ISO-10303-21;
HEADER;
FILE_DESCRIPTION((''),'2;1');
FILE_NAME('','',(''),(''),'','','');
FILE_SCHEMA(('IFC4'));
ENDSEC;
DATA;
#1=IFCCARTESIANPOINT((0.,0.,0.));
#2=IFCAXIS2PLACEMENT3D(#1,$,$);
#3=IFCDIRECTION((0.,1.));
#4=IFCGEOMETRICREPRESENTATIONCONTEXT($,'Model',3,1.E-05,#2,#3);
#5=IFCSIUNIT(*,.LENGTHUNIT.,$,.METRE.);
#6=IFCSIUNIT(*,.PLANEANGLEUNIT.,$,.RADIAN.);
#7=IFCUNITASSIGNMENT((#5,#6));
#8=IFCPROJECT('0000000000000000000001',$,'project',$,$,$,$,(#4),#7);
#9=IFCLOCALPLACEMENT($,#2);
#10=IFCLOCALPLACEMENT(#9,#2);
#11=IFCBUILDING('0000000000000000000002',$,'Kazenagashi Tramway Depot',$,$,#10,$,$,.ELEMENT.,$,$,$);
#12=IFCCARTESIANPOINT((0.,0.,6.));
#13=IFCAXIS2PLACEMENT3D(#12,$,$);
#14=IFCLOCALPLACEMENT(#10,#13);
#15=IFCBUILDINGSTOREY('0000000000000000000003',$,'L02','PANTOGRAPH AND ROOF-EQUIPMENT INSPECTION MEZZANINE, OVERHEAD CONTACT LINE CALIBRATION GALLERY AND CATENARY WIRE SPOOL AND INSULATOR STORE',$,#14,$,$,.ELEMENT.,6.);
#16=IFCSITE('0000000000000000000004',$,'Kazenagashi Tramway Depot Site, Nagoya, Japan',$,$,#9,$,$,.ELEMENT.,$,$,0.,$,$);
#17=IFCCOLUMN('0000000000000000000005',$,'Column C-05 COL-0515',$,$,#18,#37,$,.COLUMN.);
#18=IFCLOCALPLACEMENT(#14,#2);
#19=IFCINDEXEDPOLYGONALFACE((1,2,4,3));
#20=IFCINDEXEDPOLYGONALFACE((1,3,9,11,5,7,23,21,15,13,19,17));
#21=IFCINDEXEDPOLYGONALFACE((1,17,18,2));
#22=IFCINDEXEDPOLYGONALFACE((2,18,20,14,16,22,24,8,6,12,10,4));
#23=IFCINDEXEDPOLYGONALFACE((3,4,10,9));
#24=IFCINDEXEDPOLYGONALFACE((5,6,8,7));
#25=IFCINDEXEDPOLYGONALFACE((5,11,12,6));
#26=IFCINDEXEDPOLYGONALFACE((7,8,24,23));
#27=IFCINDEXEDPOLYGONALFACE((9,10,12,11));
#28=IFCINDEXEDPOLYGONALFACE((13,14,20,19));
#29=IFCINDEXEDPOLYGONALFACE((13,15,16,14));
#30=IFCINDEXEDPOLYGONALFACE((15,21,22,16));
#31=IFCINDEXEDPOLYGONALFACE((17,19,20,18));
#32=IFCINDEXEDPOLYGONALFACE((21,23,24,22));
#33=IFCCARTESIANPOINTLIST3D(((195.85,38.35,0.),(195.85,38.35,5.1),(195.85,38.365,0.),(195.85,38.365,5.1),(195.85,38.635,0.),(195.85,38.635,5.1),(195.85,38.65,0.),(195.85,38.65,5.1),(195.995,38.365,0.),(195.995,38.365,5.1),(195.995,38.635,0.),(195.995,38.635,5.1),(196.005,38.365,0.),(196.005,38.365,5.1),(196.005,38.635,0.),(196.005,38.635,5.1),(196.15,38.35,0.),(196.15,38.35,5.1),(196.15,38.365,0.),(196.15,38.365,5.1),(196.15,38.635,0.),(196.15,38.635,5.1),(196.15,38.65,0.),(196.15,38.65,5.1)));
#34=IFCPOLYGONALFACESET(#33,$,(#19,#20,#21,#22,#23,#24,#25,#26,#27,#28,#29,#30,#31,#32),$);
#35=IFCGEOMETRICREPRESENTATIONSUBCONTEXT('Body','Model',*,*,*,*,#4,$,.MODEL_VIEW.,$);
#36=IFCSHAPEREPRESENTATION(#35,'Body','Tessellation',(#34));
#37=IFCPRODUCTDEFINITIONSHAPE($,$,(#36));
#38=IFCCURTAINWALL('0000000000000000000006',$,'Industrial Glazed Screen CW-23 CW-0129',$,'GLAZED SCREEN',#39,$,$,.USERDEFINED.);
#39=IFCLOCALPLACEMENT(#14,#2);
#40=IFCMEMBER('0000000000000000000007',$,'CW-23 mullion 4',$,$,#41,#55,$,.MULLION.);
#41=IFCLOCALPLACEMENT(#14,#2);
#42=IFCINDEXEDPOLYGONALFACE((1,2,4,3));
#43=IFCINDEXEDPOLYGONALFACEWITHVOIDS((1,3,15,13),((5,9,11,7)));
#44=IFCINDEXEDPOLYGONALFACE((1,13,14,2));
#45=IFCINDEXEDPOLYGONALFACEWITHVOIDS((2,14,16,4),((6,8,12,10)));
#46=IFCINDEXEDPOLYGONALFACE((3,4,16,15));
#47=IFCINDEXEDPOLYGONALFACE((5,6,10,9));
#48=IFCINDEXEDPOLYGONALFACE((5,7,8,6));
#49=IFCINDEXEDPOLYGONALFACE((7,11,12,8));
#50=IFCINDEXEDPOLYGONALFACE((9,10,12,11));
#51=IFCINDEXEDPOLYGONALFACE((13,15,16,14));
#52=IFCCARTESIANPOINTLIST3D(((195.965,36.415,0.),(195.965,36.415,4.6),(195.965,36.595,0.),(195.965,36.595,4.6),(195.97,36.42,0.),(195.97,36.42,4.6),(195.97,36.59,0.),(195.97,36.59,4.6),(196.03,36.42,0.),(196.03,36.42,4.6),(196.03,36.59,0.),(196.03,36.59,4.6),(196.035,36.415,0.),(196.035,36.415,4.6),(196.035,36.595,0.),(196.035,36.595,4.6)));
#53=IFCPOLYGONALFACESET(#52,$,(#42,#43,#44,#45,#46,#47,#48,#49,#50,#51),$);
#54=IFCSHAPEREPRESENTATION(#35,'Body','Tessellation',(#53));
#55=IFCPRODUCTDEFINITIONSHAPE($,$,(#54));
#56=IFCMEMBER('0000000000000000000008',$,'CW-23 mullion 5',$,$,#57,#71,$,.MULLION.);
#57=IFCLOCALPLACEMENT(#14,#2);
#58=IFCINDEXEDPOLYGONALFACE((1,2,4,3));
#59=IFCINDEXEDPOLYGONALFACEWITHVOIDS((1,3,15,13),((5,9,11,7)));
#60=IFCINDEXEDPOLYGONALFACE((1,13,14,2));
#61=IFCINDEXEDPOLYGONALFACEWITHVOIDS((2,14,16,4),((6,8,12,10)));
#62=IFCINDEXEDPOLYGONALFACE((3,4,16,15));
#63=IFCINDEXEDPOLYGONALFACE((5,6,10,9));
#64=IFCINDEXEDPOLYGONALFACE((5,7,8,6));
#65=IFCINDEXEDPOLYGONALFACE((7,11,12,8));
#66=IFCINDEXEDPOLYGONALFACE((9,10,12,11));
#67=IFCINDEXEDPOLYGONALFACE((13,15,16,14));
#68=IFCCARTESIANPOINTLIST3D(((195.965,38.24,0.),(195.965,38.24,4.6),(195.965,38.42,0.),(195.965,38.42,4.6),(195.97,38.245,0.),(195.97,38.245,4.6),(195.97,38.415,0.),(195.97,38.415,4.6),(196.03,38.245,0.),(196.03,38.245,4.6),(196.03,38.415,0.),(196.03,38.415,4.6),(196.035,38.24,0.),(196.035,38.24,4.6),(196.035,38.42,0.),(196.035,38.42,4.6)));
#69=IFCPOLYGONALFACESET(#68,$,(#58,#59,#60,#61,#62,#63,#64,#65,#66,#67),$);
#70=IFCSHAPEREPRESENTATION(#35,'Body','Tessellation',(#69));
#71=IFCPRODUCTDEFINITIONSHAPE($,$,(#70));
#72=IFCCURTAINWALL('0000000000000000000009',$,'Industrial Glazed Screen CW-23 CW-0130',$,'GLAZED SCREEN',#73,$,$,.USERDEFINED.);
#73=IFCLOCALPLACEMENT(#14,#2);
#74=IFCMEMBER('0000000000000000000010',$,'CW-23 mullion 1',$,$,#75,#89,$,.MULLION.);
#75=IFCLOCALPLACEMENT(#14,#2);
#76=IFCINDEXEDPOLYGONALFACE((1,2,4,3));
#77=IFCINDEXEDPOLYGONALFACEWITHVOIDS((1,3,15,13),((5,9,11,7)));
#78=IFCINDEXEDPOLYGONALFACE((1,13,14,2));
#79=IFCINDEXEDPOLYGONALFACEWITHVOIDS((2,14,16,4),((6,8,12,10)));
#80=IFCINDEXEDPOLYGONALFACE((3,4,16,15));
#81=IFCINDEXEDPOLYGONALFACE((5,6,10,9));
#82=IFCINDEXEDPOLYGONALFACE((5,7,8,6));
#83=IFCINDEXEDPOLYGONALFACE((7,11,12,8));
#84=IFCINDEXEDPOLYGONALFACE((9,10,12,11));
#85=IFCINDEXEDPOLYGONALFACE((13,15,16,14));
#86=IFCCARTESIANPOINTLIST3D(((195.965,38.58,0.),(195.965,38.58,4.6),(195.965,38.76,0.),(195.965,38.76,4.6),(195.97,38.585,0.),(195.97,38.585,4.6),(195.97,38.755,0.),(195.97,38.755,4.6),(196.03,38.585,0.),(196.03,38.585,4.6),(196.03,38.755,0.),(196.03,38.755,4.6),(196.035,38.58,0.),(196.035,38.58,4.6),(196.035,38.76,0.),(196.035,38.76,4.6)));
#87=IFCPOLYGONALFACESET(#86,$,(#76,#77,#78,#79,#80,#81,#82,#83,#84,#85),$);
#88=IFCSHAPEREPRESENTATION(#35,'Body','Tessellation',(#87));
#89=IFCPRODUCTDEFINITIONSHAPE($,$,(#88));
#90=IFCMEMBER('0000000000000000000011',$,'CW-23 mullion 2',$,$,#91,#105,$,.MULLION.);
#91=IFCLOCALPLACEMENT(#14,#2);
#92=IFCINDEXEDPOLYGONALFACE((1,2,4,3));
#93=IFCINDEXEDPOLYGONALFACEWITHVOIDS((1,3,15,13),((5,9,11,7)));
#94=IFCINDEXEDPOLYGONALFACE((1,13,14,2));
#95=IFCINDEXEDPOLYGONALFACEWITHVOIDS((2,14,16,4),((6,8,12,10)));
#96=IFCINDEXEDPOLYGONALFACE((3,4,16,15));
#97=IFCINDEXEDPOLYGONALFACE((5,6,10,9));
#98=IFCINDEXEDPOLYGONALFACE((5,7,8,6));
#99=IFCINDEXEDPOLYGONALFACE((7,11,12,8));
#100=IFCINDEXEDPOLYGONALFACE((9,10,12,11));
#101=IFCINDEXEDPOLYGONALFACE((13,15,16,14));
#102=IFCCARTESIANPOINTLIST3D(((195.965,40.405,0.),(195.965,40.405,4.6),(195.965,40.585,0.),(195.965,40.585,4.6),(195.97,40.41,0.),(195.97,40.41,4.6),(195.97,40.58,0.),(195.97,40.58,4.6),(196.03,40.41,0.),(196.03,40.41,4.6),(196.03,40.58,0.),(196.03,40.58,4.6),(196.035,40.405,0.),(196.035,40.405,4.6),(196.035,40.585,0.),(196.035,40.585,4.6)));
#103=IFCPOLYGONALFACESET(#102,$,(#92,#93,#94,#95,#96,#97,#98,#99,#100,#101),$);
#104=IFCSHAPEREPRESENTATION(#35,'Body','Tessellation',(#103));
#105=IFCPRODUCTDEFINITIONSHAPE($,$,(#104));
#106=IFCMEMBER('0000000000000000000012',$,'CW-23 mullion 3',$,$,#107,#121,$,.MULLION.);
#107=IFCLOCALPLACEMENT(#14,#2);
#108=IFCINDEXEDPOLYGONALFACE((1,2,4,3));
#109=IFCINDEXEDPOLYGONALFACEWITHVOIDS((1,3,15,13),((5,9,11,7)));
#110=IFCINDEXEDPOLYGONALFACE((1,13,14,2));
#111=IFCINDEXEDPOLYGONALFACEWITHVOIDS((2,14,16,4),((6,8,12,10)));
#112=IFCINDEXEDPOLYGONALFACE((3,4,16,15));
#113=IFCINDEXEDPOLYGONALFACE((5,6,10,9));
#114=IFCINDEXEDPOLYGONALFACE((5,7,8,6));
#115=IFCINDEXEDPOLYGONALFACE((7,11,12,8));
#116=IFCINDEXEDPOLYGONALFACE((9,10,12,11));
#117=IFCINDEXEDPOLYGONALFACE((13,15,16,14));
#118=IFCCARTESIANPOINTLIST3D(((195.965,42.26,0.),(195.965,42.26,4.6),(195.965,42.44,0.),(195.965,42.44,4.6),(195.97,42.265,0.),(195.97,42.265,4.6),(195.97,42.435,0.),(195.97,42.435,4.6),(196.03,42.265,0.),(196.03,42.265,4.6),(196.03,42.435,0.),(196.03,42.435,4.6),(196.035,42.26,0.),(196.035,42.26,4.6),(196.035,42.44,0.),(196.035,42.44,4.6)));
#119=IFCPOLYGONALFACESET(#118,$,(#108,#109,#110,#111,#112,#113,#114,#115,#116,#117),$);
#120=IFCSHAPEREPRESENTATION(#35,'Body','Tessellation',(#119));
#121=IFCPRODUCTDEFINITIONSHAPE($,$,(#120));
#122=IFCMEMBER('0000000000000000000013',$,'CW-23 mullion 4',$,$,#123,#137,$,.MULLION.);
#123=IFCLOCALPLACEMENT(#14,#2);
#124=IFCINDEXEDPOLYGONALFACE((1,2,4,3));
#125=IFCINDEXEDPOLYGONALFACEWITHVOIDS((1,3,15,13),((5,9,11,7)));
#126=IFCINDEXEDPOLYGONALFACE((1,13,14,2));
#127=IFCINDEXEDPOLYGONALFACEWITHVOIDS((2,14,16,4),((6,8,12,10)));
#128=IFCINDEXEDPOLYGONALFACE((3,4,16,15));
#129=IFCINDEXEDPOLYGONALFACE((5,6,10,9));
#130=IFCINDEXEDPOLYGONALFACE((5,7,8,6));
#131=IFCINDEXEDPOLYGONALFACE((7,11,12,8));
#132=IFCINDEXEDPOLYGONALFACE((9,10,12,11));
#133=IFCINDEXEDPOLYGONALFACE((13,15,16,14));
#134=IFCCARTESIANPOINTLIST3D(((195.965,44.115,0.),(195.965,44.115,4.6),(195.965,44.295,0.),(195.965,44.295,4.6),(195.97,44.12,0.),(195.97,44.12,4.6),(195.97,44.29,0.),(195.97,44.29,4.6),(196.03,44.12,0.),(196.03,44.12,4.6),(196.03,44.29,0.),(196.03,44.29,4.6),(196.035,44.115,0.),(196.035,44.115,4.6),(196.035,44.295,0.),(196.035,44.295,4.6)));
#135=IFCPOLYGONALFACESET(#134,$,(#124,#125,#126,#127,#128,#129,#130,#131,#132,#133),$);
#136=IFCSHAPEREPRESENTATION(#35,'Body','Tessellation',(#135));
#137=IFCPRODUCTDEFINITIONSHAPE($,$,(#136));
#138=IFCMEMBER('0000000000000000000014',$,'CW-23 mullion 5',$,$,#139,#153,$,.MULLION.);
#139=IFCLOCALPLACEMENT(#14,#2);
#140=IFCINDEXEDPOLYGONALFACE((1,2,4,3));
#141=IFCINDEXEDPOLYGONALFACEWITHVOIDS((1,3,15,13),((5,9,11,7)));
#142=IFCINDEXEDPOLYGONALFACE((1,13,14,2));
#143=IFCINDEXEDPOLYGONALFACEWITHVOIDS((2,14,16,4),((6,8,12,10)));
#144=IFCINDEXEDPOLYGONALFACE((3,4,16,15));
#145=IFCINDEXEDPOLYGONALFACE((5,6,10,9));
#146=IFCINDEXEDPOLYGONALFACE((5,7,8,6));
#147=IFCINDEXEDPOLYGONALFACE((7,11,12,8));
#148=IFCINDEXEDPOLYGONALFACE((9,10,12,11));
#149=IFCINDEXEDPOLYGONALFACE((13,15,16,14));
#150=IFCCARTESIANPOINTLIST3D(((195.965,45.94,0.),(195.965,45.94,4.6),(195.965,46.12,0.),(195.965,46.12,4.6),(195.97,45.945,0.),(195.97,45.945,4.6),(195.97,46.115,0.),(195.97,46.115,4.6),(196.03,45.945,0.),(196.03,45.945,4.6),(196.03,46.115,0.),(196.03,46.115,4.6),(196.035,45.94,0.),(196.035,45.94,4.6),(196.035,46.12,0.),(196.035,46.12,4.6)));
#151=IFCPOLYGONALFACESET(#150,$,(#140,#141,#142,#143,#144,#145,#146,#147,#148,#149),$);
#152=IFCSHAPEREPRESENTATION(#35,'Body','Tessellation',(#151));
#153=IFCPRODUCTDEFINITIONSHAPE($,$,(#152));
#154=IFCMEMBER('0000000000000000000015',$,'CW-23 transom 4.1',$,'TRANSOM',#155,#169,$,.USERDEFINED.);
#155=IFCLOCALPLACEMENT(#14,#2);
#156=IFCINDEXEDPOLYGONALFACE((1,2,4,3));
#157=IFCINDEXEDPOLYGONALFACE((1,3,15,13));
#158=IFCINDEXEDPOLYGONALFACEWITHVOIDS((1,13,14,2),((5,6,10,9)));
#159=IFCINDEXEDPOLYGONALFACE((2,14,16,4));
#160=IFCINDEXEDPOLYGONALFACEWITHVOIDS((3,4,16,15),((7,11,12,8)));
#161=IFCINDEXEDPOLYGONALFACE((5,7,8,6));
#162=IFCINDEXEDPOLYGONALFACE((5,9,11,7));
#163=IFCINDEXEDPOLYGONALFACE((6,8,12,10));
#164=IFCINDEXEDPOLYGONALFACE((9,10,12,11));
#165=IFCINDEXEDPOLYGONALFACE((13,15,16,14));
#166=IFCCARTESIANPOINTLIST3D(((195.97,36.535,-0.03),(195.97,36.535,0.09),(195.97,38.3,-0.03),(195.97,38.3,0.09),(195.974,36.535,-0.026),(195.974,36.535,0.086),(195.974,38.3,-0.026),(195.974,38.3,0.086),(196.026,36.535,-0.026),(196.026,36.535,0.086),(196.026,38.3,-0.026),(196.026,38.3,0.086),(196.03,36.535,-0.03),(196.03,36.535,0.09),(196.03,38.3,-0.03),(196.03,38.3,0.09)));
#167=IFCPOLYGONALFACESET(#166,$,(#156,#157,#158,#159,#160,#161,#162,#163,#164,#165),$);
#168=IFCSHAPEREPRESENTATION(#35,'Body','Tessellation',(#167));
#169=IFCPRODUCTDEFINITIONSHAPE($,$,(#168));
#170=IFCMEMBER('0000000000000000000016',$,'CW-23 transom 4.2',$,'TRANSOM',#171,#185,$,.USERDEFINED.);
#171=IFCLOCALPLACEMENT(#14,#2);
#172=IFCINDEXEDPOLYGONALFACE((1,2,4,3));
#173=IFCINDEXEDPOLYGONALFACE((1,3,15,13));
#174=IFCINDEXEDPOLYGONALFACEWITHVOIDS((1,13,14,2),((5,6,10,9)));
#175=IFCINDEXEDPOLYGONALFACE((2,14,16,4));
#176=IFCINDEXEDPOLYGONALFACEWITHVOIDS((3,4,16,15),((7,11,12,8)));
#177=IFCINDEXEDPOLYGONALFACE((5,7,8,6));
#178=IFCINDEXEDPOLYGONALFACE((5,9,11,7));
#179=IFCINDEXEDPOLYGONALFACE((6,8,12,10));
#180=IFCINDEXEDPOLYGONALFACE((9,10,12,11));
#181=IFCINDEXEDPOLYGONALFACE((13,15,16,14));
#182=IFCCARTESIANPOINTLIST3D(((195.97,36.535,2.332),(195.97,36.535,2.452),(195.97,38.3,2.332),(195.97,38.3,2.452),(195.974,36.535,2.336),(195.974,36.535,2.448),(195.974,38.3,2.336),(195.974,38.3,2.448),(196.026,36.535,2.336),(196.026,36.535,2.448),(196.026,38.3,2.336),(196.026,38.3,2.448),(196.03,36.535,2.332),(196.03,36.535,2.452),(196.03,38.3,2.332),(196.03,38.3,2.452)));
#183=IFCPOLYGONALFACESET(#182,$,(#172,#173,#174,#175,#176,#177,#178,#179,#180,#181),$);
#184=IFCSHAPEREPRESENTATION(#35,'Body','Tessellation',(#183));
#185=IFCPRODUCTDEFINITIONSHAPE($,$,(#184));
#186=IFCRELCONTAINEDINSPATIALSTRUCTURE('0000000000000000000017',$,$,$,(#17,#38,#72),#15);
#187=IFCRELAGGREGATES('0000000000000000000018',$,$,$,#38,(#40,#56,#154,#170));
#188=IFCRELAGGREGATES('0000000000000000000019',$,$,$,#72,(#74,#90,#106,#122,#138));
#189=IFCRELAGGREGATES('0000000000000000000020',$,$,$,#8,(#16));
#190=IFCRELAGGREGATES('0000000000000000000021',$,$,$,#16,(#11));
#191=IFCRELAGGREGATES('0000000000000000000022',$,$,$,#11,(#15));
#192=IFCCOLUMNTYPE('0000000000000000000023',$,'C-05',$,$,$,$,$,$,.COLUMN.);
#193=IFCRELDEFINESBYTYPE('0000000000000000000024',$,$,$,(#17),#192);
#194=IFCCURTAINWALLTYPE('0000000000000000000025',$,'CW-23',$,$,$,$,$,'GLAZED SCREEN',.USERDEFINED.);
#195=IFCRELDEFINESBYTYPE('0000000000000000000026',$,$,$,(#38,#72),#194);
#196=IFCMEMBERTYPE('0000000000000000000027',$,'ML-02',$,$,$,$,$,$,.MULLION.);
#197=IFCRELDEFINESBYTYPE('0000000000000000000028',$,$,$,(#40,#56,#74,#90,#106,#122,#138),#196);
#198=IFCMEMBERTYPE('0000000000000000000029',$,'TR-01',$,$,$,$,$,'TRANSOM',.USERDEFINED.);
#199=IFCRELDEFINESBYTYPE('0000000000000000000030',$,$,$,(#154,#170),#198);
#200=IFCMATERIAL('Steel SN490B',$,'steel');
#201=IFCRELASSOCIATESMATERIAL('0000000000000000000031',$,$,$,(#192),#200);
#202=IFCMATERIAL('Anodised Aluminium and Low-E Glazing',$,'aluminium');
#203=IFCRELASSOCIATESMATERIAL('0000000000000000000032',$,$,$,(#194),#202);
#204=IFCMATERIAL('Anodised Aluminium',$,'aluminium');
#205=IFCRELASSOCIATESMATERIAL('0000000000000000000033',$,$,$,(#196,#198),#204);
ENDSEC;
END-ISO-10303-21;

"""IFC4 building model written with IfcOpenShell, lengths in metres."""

from ifc_helpers import new_model, si_unit, direction, frame, origin, origin_2d, place, context, subcontext, project, spatial, hollow_rectangle, i_section, extrude, material, material_profile, profile_set, type_object, element, aggregate, save


model = new_model("IFC4")

# Units and contexts
model_context = context("Model", 3, precision=1e-05, world=origin(), true_north=direction((0.0, 1.0)))
body_context = subcontext(model_context, "Body", "Model", "MODEL_VIEW")
ifc_project = project(units=[si_unit("LENGTHUNIT", "METRE"), si_unit("PLANEANGLEUNIT", "RADIAN")], contexts=[model_context])

# Site, building, storey
site_placement = place(None, origin())
site = spatial("IfcSite", under=ifc_project, at=site_placement, Name="Kazenagashi Tramway Depot Site, Nagoya, Japan", CompositionType="ELEMENT", RefElevation=0.0)
building_placement = place(site_placement, origin())
building = spatial("IfcBuilding", under=site, at=building_placement, Name="Kazenagashi Tramway Depot", CompositionType="ELEMENT")
storey_placement = place(building_placement, frame((0.0, 0.0, 6.0)))
storey = spatial("IfcBuildingStorey", under=building, at=storey_placement, Name="L02", Description="PANTOGRAPH AND ROOF-EQUIPMENT INSPECTION MEZZANINE, OVERHEAD CONTACT LINE CALIBRATION GALLERY AND CATENARY WIRE SPOOL AND INSULATOR STORE", CompositionType="ELEMENT", Elevation=6.0)

# Column
ifc_material_1 = material(Name="Steel SN490B", Category="steel")
ifc_material_profile_1 = material_profile(ifc_material_1, i_section(OverallWidth=0.3, OverallDepth=0.3, WebThickness=0.01, FlangeThickness=0.015, at=origin_2d()), Name="H-300x300x10x15")
ifc_profile_set_1 = profile_set([ifc_material_profile_1], Name="Steel SN490B")
column_type = type_object("IfcColumnType", Name="C-05", PredefinedType="COLUMN", material=ifc_profile_set_1)
column_placement = place(storey_placement, frame((196.0, 38.5, 0.0), z_axis=(0.0, 0.0, 1.0), x_axis=(1.0, 0.0, 0.0)))
element("IfcColumn", 1, at=column_placement, inside=storey, type_object=column_type, Name="Column C-05 COL-0515", PredefinedType="COLUMN", context=body_context, shape_type="SweptSolid", body=[
    extrude(i_section(OverallWidth=0.3, OverallDepth=0.3, WebThickness=0.01, FlangeThickness=0.015, at=origin_2d()), origin(), (0.0, 0.0, 1.0), 5.1),
])

# Curtain walls, members
ifc_material_2 = material(Name="Anodised Aluminium and Low-E Glazing", Category="aluminium")
curtain_wall_type = type_object("IfcCurtainWallType", Name="CW-23", ElementType="GLAZED SCREEN", PredefinedType="USERDEFINED", material=ifc_material_2)
curtain_wall_1_placement = place(storey_placement, origin())
curtain_wall_1 = element("IfcCurtainWall", 2, at=curtain_wall_1_placement, inside=storey, type_object=curtain_wall_type, Name="Industrial Glazed Screen CW-23 CW-0129", ObjectType="GLAZED SCREEN", PredefinedType="USERDEFINED")
ifc_material_3 = material(Name="Anodised Aluminium", Category="aluminium")
ifc_material_profile_2 = material_profile(ifc_material_3, hollow_rectangle(XDim=0.07, YDim=0.18, WallThickness=0.005, at=origin_2d()), Name="RHS-180x70x5")
ifc_profile_set_2 = profile_set([ifc_material_profile_2], Name="Anodised Aluminium")
member_type_1 = type_object("IfcMemberType", Name="ML-02", PredefinedType="MULLION", material=ifc_profile_set_2)
member_1_placement = place(storey_placement, frame((196.0, 36.505, 0.0), z_axis=(0.0, 0.0, 1.0), x_axis=(-1.0, 0.0, 0.0)))
member_1 = element("IfcMember", 3, at=member_1_placement, type_object=member_type_1, Name="CW-23 mullion 4", PredefinedType="MULLION", context=body_context, shape_type="SweptSolid", body=[
    extrude(hollow_rectangle(XDim=0.07, YDim=0.18, WallThickness=0.005, at=origin_2d()), origin(), (0.0, 0.0, 1.0), 4.6),
])
member_2_placement = place(storey_placement, frame((196.0, 38.33, 0.0), z_axis=(0.0, 0.0, 1.0), x_axis=(-1.0, 0.0, 0.0)))
member_2 = element("IfcMember", 4, at=member_2_placement, type_object=member_type_1, Name="CW-23 mullion 5", PredefinedType="MULLION", context=body_context, shape_type="SweptSolid", body=[
    extrude(hollow_rectangle(XDim=0.07, YDim=0.18, WallThickness=0.005, at=origin_2d()), origin(), (0.0, 0.0, 1.0), 4.6),
])
curtain_wall_2_placement = place(storey_placement, origin())
curtain_wall_2 = element("IfcCurtainWall", 5, at=curtain_wall_2_placement, inside=storey, type_object=curtain_wall_type, Name="Industrial Glazed Screen CW-23 CW-0130", ObjectType="GLAZED SCREEN", PredefinedType="USERDEFINED")
member_3_placement = place(storey_placement, frame((196.0, 38.67, 0.0), z_axis=(0.0, 0.0, 1.0), x_axis=(-1.0, 0.0, 0.0)))
member_3 = element("IfcMember", 6, at=member_3_placement, type_object=member_type_1, Name="CW-23 mullion 1", PredefinedType="MULLION", context=body_context, shape_type="SweptSolid", body=[
    extrude(hollow_rectangle(XDim=0.07, YDim=0.18, WallThickness=0.005, at=origin_2d()), origin(), (0.0, 0.0, 1.0), 4.6),
])
member_4_placement = place(storey_placement, frame((196.0, 40.495, 0.0), z_axis=(0.0, 0.0, 1.0), x_axis=(-1.0, 0.0, 0.0)))
member_4 = element("IfcMember", 7, at=member_4_placement, type_object=member_type_1, Name="CW-23 mullion 2", PredefinedType="MULLION", context=body_context, shape_type="SweptSolid", body=[
    extrude(hollow_rectangle(XDim=0.07, YDim=0.18, WallThickness=0.005, at=origin_2d()), origin(), (0.0, 0.0, 1.0), 4.6),
])
member_5_placement = place(storey_placement, frame((196.0, 42.35, 0.0), z_axis=(0.0, 0.0, 1.0), x_axis=(-1.0, 0.0, 0.0)))
member_5 = element("IfcMember", 8, at=member_5_placement, type_object=member_type_1, Name="CW-23 mullion 3", PredefinedType="MULLION", context=body_context, shape_type="SweptSolid", body=[
    extrude(hollow_rectangle(XDim=0.07, YDim=0.18, WallThickness=0.005, at=origin_2d()), origin(), (0.0, 0.0, 1.0), 4.6),
])
member_6_placement = place(storey_placement, frame((196.0, 44.205, 0.0), z_axis=(0.0, 0.0, 1.0), x_axis=(-1.0, 0.0, 0.0)))
member_6 = element("IfcMember", 9, at=member_6_placement, type_object=member_type_1, Name="CW-23 mullion 4", PredefinedType="MULLION", context=body_context, shape_type="SweptSolid", body=[
    extrude(hollow_rectangle(XDim=0.07, YDim=0.18, WallThickness=0.005, at=origin_2d()), origin(), (0.0, 0.0, 1.0), 4.6),
])
member_7_placement = place(storey_placement, frame((196.0, 46.03, 0.0), z_axis=(0.0, 0.0, 1.0), x_axis=(-1.0, 0.0, 0.0)))
member_7 = element("IfcMember", 10, at=member_7_placement, type_object=member_type_1, Name="CW-23 mullion 5", PredefinedType="MULLION", context=body_context, shape_type="SweptSolid", body=[
    extrude(hollow_rectangle(XDim=0.07, YDim=0.18, WallThickness=0.005, at=origin_2d()), origin(), (0.0, 0.0, 1.0), 4.6),
])

# Members
ifc_material_profile_3 = material_profile(ifc_material_3, hollow_rectangle(XDim=0.06, YDim=0.12, WallThickness=0.004, at=origin_2d()), Name="RHS-120x60x4")
ifc_profile_set_3 = profile_set([ifc_material_profile_3], Name="Anodised Aluminium")
member_type_2 = type_object("IfcMemberType", Name="TR-01", ElementType="TRANSOM", PredefinedType="USERDEFINED", material=ifc_profile_set_3)
member_8_placement = place(storey_placement, frame((196.0, 36.535, 0.03), z_axis=(0.0, 1.0, 0.0), x_axis=(-1.0, 0.0, 0.0)))
member_8 = element("IfcMember", 11, at=member_8_placement, type_object=member_type_2, Name="CW-23 transom 4.1", ObjectType="TRANSOM", PredefinedType="USERDEFINED", context=body_context, shape_type="SweptSolid", body=[
    extrude(hollow_rectangle(XDim=0.06, YDim=0.12, WallThickness=0.004, at=origin_2d()), origin(), (0.0, 0.0, 1.0), 1.765),
])
member_9_placement = place(storey_placement, frame((196.0, 36.535, 2.392), z_axis=(0.0, 1.0, 0.0), x_axis=(-1.0, 0.0, 0.0)))
member_9 = element("IfcMember", 12, at=member_9_placement, type_object=member_type_2, Name="CW-23 transom 4.2", ObjectType="TRANSOM", PredefinedType="USERDEFINED", context=body_context, shape_type="SweptSolid", body=[
    extrude(hollow_rectangle(XDim=0.06, YDim=0.12, WallThickness=0.004, at=origin_2d()), origin(), (0.0, 0.0, 1.0), 1.765),
])

aggregate(curtain_wall_1, [member_1, member_2, member_8, member_9])
aggregate(curtain_wall_2, [member_3, member_4, member_5, member_6, member_7])

save(model, "model.ifc")
